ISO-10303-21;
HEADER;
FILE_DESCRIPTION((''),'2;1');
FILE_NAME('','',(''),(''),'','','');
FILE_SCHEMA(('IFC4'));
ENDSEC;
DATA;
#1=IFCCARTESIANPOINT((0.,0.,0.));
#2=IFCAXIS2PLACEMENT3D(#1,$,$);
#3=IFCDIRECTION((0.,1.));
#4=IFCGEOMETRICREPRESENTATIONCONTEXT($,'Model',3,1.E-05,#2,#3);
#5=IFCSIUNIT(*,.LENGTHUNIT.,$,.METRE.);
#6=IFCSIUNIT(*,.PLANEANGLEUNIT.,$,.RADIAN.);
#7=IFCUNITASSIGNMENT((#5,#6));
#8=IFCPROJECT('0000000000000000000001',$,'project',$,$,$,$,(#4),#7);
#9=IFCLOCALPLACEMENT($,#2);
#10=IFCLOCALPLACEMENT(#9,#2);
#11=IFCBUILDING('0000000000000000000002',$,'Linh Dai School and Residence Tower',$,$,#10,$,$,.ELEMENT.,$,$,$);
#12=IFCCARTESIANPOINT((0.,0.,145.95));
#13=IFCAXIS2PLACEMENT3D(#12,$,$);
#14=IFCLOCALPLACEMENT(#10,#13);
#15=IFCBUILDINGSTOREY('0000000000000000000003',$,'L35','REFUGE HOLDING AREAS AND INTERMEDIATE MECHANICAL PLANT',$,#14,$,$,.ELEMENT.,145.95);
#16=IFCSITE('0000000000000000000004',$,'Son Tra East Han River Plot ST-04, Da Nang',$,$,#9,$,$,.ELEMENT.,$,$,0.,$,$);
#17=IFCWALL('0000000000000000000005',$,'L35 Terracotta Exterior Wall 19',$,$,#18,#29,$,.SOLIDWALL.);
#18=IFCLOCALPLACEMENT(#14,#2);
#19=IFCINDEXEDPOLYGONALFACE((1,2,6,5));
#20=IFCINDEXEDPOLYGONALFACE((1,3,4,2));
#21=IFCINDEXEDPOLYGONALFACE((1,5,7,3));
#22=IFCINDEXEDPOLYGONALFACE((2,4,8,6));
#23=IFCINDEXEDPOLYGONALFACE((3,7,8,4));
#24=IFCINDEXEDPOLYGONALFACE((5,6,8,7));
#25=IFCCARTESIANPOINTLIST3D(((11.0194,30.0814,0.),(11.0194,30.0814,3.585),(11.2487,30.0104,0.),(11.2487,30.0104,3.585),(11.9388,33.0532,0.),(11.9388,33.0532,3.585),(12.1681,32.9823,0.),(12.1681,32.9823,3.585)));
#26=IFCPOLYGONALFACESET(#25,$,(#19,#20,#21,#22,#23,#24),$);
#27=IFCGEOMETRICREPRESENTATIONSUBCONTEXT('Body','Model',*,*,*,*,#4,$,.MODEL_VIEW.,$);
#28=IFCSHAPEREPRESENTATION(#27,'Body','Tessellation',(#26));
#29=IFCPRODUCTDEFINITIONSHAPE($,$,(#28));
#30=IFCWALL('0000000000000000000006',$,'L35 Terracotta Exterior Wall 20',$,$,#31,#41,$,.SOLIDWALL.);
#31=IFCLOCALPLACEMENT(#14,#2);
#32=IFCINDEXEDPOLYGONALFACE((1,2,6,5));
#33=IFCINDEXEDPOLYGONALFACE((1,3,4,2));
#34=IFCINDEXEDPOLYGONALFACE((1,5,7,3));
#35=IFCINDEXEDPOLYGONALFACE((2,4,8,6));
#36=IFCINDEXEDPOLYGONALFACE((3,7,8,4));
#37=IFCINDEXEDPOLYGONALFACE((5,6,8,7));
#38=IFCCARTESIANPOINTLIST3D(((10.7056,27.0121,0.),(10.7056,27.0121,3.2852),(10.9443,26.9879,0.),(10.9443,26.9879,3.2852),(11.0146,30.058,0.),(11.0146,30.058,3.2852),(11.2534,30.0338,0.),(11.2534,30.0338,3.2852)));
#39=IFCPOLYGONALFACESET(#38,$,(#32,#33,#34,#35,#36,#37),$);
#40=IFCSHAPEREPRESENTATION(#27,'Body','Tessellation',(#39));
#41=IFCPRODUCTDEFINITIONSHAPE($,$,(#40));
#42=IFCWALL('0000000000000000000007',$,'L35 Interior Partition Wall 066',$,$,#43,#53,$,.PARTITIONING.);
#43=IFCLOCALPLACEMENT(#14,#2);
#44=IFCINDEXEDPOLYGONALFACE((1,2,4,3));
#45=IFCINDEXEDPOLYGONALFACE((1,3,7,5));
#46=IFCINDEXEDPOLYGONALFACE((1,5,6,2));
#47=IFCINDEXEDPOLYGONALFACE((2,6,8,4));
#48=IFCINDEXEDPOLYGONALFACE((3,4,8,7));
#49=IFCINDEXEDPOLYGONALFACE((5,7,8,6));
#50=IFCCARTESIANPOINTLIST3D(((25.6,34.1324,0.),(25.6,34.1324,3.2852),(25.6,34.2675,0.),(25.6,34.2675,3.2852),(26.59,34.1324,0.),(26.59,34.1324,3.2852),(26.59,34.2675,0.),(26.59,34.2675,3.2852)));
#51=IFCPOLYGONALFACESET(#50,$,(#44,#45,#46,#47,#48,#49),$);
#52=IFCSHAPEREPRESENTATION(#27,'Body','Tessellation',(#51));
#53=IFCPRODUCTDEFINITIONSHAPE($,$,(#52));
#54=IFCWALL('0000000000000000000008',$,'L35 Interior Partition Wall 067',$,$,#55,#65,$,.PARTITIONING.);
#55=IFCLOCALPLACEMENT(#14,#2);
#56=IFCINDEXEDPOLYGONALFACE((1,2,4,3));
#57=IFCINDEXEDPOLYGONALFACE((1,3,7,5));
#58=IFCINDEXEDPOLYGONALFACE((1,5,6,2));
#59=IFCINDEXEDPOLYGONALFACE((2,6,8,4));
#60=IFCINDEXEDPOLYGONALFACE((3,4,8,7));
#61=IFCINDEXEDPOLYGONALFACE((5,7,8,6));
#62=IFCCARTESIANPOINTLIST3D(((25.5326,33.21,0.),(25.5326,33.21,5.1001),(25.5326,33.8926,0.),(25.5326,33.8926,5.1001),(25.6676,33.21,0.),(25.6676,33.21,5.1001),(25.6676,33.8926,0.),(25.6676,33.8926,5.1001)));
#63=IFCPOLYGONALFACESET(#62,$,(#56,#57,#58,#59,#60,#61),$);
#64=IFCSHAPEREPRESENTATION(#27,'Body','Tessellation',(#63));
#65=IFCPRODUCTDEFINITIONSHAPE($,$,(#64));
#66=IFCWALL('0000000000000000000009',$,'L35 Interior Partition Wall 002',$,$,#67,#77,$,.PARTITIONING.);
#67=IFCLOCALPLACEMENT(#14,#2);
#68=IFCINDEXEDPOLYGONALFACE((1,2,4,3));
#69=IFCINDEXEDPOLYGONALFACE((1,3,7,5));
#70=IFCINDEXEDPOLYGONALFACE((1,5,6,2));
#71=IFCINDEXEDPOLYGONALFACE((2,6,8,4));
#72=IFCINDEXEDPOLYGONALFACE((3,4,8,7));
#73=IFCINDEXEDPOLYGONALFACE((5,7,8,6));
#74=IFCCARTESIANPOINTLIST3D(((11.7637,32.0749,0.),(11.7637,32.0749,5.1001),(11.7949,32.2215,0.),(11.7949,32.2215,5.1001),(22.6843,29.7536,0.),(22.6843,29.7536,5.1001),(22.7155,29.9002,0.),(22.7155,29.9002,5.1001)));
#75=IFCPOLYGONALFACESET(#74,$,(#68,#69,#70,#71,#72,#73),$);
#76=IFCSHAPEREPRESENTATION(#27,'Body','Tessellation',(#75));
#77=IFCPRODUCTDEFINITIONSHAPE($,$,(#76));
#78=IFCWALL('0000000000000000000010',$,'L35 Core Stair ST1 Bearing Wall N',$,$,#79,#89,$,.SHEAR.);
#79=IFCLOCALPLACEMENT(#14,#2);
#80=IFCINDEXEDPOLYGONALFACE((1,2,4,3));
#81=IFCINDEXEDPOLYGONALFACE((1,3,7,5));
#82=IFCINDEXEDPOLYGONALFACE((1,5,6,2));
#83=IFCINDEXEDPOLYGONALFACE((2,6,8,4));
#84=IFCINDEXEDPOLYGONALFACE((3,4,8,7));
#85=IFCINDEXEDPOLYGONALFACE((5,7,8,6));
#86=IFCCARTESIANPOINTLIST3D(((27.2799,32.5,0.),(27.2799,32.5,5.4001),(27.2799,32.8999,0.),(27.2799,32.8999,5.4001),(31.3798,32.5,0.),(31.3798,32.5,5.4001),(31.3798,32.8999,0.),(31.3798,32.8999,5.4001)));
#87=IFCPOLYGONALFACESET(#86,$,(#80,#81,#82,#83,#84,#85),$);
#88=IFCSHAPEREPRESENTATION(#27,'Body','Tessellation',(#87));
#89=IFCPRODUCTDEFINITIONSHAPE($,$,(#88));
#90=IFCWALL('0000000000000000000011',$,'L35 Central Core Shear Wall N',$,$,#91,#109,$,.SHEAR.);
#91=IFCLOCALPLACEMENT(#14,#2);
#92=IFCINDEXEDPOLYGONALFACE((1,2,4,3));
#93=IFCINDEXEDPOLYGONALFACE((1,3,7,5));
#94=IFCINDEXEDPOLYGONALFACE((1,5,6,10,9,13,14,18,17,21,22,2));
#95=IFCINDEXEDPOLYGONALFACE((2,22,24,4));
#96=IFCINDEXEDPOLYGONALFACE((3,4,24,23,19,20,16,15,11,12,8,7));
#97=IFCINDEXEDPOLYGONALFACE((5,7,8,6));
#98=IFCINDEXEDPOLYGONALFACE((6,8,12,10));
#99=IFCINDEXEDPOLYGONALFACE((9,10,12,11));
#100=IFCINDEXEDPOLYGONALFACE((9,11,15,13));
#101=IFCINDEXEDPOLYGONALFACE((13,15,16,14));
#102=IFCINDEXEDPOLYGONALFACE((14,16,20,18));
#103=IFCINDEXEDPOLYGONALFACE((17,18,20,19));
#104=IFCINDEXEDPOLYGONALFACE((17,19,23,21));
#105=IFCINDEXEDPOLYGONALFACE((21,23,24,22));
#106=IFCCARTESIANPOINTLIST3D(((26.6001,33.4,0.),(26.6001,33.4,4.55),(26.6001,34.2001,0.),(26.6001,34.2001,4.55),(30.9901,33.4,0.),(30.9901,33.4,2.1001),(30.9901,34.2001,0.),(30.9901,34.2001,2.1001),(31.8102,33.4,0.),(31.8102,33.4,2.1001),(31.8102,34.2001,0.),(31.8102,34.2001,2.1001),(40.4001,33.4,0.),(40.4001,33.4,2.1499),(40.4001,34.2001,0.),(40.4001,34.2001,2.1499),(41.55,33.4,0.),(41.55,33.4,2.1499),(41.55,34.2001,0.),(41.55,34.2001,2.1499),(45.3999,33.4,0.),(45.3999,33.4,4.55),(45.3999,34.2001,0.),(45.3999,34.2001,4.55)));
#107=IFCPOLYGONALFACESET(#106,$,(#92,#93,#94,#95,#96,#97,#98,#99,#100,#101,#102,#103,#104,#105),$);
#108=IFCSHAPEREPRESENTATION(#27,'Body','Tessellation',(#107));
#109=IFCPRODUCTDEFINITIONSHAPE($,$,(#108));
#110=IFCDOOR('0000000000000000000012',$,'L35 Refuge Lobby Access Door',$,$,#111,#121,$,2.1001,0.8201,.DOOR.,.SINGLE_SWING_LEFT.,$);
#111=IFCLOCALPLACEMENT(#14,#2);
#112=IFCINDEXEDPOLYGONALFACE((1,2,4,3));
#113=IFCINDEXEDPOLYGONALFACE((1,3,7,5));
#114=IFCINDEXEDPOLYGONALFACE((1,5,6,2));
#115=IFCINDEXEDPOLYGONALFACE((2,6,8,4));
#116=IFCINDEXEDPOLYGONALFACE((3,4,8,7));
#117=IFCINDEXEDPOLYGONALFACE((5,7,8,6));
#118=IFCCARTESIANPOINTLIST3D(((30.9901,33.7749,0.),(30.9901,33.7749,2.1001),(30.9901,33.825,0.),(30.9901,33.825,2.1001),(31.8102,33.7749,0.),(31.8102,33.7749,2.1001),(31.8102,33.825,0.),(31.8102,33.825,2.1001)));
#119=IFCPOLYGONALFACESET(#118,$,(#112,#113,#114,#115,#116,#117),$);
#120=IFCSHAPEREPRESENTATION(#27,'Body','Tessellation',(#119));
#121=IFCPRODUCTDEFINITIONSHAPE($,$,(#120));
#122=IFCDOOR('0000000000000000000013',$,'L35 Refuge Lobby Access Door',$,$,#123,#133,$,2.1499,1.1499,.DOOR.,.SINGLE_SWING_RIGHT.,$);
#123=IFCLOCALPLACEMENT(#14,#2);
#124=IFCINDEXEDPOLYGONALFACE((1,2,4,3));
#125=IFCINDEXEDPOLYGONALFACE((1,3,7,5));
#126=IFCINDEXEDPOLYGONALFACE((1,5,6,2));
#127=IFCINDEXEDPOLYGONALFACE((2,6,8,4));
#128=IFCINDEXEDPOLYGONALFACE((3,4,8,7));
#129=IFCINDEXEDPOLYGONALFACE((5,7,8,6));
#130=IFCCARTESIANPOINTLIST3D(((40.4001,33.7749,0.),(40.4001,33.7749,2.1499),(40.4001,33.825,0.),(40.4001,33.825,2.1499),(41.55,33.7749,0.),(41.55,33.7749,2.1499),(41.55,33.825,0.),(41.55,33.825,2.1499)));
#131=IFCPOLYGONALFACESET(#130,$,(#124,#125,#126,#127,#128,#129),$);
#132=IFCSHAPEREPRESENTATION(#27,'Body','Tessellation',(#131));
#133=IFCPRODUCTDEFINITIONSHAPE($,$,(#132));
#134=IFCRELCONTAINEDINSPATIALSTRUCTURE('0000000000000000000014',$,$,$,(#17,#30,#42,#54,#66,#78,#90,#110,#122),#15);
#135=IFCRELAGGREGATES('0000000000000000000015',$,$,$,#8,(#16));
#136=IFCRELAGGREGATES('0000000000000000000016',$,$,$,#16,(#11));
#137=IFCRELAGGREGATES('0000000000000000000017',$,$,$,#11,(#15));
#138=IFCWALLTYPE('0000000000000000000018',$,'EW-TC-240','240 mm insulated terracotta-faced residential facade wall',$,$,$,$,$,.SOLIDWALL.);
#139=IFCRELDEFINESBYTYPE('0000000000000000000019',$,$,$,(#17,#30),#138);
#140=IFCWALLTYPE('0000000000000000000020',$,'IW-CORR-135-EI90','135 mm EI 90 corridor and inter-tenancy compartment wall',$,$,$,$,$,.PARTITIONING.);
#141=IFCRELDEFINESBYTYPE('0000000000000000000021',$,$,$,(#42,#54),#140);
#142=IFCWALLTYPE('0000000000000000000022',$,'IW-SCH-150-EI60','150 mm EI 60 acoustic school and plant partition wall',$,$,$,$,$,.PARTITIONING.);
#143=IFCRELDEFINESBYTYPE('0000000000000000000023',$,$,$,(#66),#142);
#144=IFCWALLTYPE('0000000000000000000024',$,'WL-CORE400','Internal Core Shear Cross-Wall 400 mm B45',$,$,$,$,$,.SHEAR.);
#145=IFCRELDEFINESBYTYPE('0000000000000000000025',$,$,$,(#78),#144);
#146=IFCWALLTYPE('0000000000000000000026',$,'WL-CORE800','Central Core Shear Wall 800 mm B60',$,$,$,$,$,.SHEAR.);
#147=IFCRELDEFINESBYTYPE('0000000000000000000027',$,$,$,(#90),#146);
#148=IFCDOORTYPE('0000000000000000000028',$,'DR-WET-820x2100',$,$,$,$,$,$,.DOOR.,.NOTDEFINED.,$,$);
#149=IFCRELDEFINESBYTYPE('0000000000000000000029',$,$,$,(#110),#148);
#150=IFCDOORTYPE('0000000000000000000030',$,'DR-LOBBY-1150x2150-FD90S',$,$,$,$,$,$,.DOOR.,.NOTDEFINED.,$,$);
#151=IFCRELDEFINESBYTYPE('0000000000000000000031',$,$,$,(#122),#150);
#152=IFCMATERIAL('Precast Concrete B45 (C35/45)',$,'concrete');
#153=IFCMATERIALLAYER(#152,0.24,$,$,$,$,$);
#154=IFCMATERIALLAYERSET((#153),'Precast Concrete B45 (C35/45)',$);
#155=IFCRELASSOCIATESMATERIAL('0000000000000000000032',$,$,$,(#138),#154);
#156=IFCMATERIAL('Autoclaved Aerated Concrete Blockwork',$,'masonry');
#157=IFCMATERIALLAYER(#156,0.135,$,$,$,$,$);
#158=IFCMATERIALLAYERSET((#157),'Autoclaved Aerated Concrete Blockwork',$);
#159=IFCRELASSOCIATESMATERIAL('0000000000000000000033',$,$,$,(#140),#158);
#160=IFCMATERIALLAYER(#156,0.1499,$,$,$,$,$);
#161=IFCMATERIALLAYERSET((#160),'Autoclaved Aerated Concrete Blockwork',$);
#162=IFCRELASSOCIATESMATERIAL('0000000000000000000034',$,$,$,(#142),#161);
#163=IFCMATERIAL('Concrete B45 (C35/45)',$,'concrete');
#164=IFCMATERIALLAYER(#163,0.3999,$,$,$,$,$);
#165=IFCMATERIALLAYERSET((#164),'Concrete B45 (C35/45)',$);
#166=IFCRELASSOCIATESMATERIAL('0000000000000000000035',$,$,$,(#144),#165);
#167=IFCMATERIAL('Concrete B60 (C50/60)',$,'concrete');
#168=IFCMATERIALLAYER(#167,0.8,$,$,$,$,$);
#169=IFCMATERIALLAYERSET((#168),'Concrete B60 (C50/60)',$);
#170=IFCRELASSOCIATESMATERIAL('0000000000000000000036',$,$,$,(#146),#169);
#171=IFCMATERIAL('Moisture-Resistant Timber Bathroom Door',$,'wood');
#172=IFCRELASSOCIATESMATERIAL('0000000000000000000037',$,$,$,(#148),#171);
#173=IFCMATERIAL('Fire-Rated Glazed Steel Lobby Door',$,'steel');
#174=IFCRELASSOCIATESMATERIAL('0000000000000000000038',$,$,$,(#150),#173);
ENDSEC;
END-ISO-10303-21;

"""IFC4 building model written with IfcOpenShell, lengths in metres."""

from ifc_helpers import new_model, si_unit, direction, frame, frame_2d, origin, origin_2d, place, context, subcontext, project, spatial, rectangle, extrude, source, transform, mapped, material, layer, layer_set, type_object, element, fill, save


model = new_model("IFC4")

# Units and contexts
model_context = context("Model", 3, precision=1e-05, world=origin(), true_north=direction((0.0, 1.0)))
body_context = subcontext(model_context, "Body", "Model", "MODEL_VIEW")
ifc_project = project(units=[si_unit("LENGTHUNIT", "METRE"), si_unit("PLANEANGLEUNIT", "RADIAN")], contexts=[model_context])

# Site, building, storey
site_placement = place(None, origin())
site = spatial("IfcSite", under=ifc_project, at=site_placement, Name="Son Tra East Han River Plot ST-04, Da Nang", CompositionType="ELEMENT", RefElevation=0.0)
building_placement = place(site_placement, origin())
building = spatial("IfcBuilding", under=site, at=building_placement, Name="Linh Dai School and Residence Tower", CompositionType="ELEMENT")
storey_placement = place(building_placement, frame((0.0, 0.0, 145.95)))
storey = spatial("IfcBuildingStorey", under=building, at=storey_placement, Name="L35", Description="REFUGE HOLDING AREAS AND INTERMEDIATE MECHANICAL PLANT", CompositionType="ELEMENT", Elevation=145.95)

# Shared definitions
ifc_material_1 = material(Name="Concrete B60 (C50/60)", Category="concrete")

# Walls
ifc_material_2 = material(Name="Precast Concrete B45 (C35/45)", Category="concrete")
ifc_layer_1 = layer(ifc_material_2, 0.24)
ifc_layer_set_1 = layer_set([ifc_layer_1], Name="Precast Concrete B45 (C35/45)")
wall_type_1 = type_object("IfcWallType", Name="EW-TC-240", Description="240 mm insulated terracotta-faced residential facade wall", PredefinedType="SOLIDWALL", material=ifc_layer_set_1)
wall_1_placement = place(storey_placement, frame((11.134, 30.0459, 0.0), z_axis=(0.0, 0.0, 1.0), x_axis=(0.295552, 0.955327, 0.0)))
element("IfcWall", 1, at=wall_1_placement, inside=storey, type_object=wall_type_1, Name="L35 Terracotta Exterior Wall 19", PredefinedType="SOLIDWALL", context=body_context, shape_type="SweptSolid", body=[
    extrude(rectangle(XDim=3.1108, YDim=0.24, at=frame_2d((1.5554, 0.0))), origin(), (0.0, 0.0, 1.0), 3.585),
])
wall_2_placement = place(storey_placement, frame((10.825, 27.0, 0.0), z_axis=(0.0, 0.0, 1.0), x_axis=(0.100956, 0.994891, 0.0)))
element("IfcWall", 2, at=wall_2_placement, inside=storey, type_object=wall_type_1, Name="L35 Terracotta Exterior Wall 20", PredefinedType="SOLIDWALL", context=body_context, shape_type="SweptSolid", body=[
    extrude(rectangle(XDim=3.0615, YDim=0.24, at=frame_2d((1.5308, 0.0))), origin(), (0.0, 0.0, 1.0), 3.2852),
])
ifc_material_3 = material(Name="Autoclaved Aerated Concrete Blockwork", Category="masonry")
ifc_layer_2 = layer(ifc_material_3, 0.135)
ifc_layer_set_2 = layer_set([ifc_layer_2], Name="Autoclaved Aerated Concrete Blockwork")
wall_type_2 = type_object("IfcWallType", Name="IW-CORR-135-EI90", Description="135 mm EI 90 corridor and inter-tenancy compartment wall", PredefinedType="PARTITIONING", material=ifc_layer_set_2)
wall_3_placement = place(storey_placement, frame((26.5901, 34.2, 0.0), z_axis=(0.0, 0.0, 1.0), x_axis=(-1.0, 0.0, 0.0)))
element("IfcWall", 3, at=wall_3_placement, inside=storey, type_object=wall_type_2, Name="L35 Interior Partition Wall 066", PredefinedType="PARTITIONING", context=body_context, shape_type="SweptSolid", body=[
    extrude(rectangle(XDim=0.99, YDim=0.135, at=frame_2d((0.4951, 0.0))), origin(), (0.0, 0.0, 1.0), 3.2852),
])
wall_4_placement = place(storey_placement, frame((25.6001, 33.8926, 0.0), z_axis=(0.0, 0.0, 1.0), x_axis=(0.0, -1.0, 0.0)))
element("IfcWall", 4, at=wall_4_placement, inside=storey, type_object=wall_type_2, Name="L35 Interior Partition Wall 067", PredefinedType="PARTITIONING", context=body_context, shape_type="SweptSolid", body=[
    extrude(rectangle(XDim=0.6826, YDim=0.135, at=frame_2d((0.3413, 0.0))), origin(), (0.0, 0.0, 1.0), 5.1001),
])
ifc_layer_3 = layer(ifc_material_3, 0.1499)
ifc_layer_set_3 = layer_set([ifc_layer_3], Name="Autoclaved Aerated Concrete Blockwork")
wall_type_3 = type_object("IfcWallType", Name="IW-SCH-150-EI60", Description="150 mm EI 60 acoustic school and plant partition wall", PredefinedType="PARTITIONING", material=ifc_layer_set_3)
wall_5_placement = place(storey_placement, frame((11.7793, 32.1482, 0.0), z_axis=(0.0, 0.0, 1.0), x_axis=(0.978147, -0.207914, 0.0)))
element("IfcWall", 5, at=wall_5_placement, inside=storey, type_object=wall_type_3, Name="L35 Interior Partition Wall 002", PredefinedType="PARTITIONING", context=body_context, shape_type="SweptSolid", body=[
    extrude(rectangle(XDim=11.1646, YDim=0.1499, at=frame_2d((5.5823, 0.0))), origin(), (0.0, 0.0, 1.0), 5.1001),
])
ifc_material_4 = material(Name="Concrete B45 (C35/45)", Category="concrete")
ifc_layer_4 = layer(ifc_material_4, 0.3999)
ifc_layer_set_4 = layer_set([ifc_layer_4], Name="Concrete B45 (C35/45)")
wall_type_4 = type_object("IfcWallType", Name="WL-CORE400", Description="Internal Core Shear Cross-Wall 400 mm B45", PredefinedType="SHEAR", material=ifc_layer_set_4)
wall_6_placement = place(storey_placement, frame((27.28, 32.7, 0.0), z_axis=(0.0, 0.0, 1.0), x_axis=(1.0, 0.0, 0.0)))
element("IfcWall", 6, at=wall_6_placement, inside=storey, type_object=wall_type_4, Name="L35 Core Stair ST1 Bearing Wall N", PredefinedType="SHEAR", context=body_context, shape_type="SweptSolid", body=[
    extrude(rectangle(XDim=4.0999, YDim=0.3999, at=frame_2d((2.0498, 0.0))), origin(), (0.0, 0.0, 1.0), 5.4001),
])

# Wall, openings, doors
ifc_layer_5 = layer(ifc_material_1, 0.8)
ifc_layer_set_5 = layer_set([ifc_layer_5], Name="Concrete B60 (C50/60)")
wall_type_5 = type_object("IfcWallType", Name="WL-CORE800", Description="Central Core Shear Wall 800 mm B60", PredefinedType="SHEAR", material=ifc_layer_set_5)
wall_7_placement = place(storey_placement, frame((26.6001, 33.8, 0.0), z_axis=(0.0, 0.0, 1.0), x_axis=(1.0, 0.0, 0.0)))
wall_7 = element("IfcWall", 7, at=wall_7_placement, inside=storey, type_object=wall_type_5, Name="L35 Central Core Shear Wall N", PredefinedType="SHEAR", context=body_context, shape_type="SweptSolid", body=[
    extrude(rectangle(XDim=18.7998, YDim=0.8, at=frame_2d((9.3999, 0.0))), origin(), (0.0, 0.0, 1.0), 4.55),
])
opening_1_placement = place(wall_7_placement, frame((4.3899, 0.0, 0.0)))
opening_1 = element("IfcOpeningElement", 8, at=opening_1_placement, cuts=wall_7, PredefinedType="OPENING", context=body_context, shape_type="SweptSolid", body=[
    extrude(rectangle(XDim=0.8201, YDim=2.1001, at=origin_2d()), frame((0.4102, 0.4102, 1.05), z_axis=(0.0, -1.0, 0.0), x_axis=(1.0, 0.0, 0.0)), (0.0, 0.0, 1.0), 0.8201),
])
opening_2_placement = place(wall_7_placement, frame((13.8, 0.0, 0.0)))
opening_2 = element("IfcOpeningElement", 9, at=opening_2_placement, cuts=wall_7, PredefinedType="OPENING", context=body_context, shape_type="SweptSolid", body=[
    extrude(rectangle(XDim=1.1499, YDim=2.1499, at=origin_2d()), frame((0.575, 0.4102, 1.075), z_axis=(0.0, -1.0, 0.0), x_axis=(1.0, 0.0, 0.0)), (0.0, 0.0, 1.0), 0.8201),
])
ifc_material_5 = material(Name="Moisture-Resistant Timber Bathroom Door", Category="wood")
door_type_1 = type_object("IfcDoorType", Name="DR-WET-820x2100", OperationType="NOTDEFINED", PredefinedType="DOOR", material=ifc_material_5)
shared_shape_1 = source(origin(), body_context, "Body", "SweptSolid", [
    extrude(rectangle(XDim=0.8201, YDim=2.1001, at=origin_2d()), frame((0.4102, 0.0249, 1.05), z_axis=(0.0, -1.0, 0.0), x_axis=(1.0, 0.0, 0.0)), (0.0, 0.0, 1.0), 0.05),
])
door_1_placement = place(opening_1_placement, origin())
door_1 = element("IfcDoor", 10, at=door_1_placement, inside=storey, type_object=door_type_1, Name="L35 Refuge Lobby Access Door", OperationType="SINGLE_SWING_LEFT", OverallHeight=2.1001, OverallWidth=0.8201, PredefinedType="DOOR", context=body_context, shape_type="MappedRepresentation", body=[
    mapped(shared_shape_1, transform((0.0, 0.0, 0.0), x_axis=(1.0, 0.0, 0.0), y_axis=(0.0, 1.0, 0.0), z_axis=(0.0, 0.0, 1.0), scale=1.0)),
])
fill(opening_1, door_1)
ifc_material_6 = material(Name="Fire-Rated Glazed Steel Lobby Door", Category="steel")
door_type_2 = type_object("IfcDoorType", Name="DR-LOBBY-1150x2150-FD90S", OperationType="NOTDEFINED", PredefinedType="DOOR", material=ifc_material_6)
shared_shape_2 = source(origin(), body_context, "Body", "SweptSolid", [
    extrude(rectangle(XDim=1.1499, YDim=2.1499, at=origin_2d()), frame((0.575, 0.0249, 1.075), z_axis=(0.0, -1.0, 0.0), x_axis=(1.0, 0.0, 0.0)), (0.0, 0.0, 1.0), 0.05),
])
door_2_placement = place(opening_2_placement, origin())
door_2 = element("IfcDoor", 11, at=door_2_placement, inside=storey, type_object=door_type_2, Name="L35 Refuge Lobby Access Door", OperationType="SINGLE_SWING_RIGHT", OverallHeight=2.1499, OverallWidth=1.1499, PredefinedType="DOOR", context=body_context, shape_type="MappedRepresentation", body=[
    mapped(shared_shape_2, transform((0.0, 0.0, 0.0), x_axis=(1.0, 0.0, 0.0), y_axis=(0.0, 1.0, 0.0), z_axis=(0.0, 0.0, 1.0), scale=1.0)),
])
fill(opening_2, door_2)

save(model, "model.ifc")
